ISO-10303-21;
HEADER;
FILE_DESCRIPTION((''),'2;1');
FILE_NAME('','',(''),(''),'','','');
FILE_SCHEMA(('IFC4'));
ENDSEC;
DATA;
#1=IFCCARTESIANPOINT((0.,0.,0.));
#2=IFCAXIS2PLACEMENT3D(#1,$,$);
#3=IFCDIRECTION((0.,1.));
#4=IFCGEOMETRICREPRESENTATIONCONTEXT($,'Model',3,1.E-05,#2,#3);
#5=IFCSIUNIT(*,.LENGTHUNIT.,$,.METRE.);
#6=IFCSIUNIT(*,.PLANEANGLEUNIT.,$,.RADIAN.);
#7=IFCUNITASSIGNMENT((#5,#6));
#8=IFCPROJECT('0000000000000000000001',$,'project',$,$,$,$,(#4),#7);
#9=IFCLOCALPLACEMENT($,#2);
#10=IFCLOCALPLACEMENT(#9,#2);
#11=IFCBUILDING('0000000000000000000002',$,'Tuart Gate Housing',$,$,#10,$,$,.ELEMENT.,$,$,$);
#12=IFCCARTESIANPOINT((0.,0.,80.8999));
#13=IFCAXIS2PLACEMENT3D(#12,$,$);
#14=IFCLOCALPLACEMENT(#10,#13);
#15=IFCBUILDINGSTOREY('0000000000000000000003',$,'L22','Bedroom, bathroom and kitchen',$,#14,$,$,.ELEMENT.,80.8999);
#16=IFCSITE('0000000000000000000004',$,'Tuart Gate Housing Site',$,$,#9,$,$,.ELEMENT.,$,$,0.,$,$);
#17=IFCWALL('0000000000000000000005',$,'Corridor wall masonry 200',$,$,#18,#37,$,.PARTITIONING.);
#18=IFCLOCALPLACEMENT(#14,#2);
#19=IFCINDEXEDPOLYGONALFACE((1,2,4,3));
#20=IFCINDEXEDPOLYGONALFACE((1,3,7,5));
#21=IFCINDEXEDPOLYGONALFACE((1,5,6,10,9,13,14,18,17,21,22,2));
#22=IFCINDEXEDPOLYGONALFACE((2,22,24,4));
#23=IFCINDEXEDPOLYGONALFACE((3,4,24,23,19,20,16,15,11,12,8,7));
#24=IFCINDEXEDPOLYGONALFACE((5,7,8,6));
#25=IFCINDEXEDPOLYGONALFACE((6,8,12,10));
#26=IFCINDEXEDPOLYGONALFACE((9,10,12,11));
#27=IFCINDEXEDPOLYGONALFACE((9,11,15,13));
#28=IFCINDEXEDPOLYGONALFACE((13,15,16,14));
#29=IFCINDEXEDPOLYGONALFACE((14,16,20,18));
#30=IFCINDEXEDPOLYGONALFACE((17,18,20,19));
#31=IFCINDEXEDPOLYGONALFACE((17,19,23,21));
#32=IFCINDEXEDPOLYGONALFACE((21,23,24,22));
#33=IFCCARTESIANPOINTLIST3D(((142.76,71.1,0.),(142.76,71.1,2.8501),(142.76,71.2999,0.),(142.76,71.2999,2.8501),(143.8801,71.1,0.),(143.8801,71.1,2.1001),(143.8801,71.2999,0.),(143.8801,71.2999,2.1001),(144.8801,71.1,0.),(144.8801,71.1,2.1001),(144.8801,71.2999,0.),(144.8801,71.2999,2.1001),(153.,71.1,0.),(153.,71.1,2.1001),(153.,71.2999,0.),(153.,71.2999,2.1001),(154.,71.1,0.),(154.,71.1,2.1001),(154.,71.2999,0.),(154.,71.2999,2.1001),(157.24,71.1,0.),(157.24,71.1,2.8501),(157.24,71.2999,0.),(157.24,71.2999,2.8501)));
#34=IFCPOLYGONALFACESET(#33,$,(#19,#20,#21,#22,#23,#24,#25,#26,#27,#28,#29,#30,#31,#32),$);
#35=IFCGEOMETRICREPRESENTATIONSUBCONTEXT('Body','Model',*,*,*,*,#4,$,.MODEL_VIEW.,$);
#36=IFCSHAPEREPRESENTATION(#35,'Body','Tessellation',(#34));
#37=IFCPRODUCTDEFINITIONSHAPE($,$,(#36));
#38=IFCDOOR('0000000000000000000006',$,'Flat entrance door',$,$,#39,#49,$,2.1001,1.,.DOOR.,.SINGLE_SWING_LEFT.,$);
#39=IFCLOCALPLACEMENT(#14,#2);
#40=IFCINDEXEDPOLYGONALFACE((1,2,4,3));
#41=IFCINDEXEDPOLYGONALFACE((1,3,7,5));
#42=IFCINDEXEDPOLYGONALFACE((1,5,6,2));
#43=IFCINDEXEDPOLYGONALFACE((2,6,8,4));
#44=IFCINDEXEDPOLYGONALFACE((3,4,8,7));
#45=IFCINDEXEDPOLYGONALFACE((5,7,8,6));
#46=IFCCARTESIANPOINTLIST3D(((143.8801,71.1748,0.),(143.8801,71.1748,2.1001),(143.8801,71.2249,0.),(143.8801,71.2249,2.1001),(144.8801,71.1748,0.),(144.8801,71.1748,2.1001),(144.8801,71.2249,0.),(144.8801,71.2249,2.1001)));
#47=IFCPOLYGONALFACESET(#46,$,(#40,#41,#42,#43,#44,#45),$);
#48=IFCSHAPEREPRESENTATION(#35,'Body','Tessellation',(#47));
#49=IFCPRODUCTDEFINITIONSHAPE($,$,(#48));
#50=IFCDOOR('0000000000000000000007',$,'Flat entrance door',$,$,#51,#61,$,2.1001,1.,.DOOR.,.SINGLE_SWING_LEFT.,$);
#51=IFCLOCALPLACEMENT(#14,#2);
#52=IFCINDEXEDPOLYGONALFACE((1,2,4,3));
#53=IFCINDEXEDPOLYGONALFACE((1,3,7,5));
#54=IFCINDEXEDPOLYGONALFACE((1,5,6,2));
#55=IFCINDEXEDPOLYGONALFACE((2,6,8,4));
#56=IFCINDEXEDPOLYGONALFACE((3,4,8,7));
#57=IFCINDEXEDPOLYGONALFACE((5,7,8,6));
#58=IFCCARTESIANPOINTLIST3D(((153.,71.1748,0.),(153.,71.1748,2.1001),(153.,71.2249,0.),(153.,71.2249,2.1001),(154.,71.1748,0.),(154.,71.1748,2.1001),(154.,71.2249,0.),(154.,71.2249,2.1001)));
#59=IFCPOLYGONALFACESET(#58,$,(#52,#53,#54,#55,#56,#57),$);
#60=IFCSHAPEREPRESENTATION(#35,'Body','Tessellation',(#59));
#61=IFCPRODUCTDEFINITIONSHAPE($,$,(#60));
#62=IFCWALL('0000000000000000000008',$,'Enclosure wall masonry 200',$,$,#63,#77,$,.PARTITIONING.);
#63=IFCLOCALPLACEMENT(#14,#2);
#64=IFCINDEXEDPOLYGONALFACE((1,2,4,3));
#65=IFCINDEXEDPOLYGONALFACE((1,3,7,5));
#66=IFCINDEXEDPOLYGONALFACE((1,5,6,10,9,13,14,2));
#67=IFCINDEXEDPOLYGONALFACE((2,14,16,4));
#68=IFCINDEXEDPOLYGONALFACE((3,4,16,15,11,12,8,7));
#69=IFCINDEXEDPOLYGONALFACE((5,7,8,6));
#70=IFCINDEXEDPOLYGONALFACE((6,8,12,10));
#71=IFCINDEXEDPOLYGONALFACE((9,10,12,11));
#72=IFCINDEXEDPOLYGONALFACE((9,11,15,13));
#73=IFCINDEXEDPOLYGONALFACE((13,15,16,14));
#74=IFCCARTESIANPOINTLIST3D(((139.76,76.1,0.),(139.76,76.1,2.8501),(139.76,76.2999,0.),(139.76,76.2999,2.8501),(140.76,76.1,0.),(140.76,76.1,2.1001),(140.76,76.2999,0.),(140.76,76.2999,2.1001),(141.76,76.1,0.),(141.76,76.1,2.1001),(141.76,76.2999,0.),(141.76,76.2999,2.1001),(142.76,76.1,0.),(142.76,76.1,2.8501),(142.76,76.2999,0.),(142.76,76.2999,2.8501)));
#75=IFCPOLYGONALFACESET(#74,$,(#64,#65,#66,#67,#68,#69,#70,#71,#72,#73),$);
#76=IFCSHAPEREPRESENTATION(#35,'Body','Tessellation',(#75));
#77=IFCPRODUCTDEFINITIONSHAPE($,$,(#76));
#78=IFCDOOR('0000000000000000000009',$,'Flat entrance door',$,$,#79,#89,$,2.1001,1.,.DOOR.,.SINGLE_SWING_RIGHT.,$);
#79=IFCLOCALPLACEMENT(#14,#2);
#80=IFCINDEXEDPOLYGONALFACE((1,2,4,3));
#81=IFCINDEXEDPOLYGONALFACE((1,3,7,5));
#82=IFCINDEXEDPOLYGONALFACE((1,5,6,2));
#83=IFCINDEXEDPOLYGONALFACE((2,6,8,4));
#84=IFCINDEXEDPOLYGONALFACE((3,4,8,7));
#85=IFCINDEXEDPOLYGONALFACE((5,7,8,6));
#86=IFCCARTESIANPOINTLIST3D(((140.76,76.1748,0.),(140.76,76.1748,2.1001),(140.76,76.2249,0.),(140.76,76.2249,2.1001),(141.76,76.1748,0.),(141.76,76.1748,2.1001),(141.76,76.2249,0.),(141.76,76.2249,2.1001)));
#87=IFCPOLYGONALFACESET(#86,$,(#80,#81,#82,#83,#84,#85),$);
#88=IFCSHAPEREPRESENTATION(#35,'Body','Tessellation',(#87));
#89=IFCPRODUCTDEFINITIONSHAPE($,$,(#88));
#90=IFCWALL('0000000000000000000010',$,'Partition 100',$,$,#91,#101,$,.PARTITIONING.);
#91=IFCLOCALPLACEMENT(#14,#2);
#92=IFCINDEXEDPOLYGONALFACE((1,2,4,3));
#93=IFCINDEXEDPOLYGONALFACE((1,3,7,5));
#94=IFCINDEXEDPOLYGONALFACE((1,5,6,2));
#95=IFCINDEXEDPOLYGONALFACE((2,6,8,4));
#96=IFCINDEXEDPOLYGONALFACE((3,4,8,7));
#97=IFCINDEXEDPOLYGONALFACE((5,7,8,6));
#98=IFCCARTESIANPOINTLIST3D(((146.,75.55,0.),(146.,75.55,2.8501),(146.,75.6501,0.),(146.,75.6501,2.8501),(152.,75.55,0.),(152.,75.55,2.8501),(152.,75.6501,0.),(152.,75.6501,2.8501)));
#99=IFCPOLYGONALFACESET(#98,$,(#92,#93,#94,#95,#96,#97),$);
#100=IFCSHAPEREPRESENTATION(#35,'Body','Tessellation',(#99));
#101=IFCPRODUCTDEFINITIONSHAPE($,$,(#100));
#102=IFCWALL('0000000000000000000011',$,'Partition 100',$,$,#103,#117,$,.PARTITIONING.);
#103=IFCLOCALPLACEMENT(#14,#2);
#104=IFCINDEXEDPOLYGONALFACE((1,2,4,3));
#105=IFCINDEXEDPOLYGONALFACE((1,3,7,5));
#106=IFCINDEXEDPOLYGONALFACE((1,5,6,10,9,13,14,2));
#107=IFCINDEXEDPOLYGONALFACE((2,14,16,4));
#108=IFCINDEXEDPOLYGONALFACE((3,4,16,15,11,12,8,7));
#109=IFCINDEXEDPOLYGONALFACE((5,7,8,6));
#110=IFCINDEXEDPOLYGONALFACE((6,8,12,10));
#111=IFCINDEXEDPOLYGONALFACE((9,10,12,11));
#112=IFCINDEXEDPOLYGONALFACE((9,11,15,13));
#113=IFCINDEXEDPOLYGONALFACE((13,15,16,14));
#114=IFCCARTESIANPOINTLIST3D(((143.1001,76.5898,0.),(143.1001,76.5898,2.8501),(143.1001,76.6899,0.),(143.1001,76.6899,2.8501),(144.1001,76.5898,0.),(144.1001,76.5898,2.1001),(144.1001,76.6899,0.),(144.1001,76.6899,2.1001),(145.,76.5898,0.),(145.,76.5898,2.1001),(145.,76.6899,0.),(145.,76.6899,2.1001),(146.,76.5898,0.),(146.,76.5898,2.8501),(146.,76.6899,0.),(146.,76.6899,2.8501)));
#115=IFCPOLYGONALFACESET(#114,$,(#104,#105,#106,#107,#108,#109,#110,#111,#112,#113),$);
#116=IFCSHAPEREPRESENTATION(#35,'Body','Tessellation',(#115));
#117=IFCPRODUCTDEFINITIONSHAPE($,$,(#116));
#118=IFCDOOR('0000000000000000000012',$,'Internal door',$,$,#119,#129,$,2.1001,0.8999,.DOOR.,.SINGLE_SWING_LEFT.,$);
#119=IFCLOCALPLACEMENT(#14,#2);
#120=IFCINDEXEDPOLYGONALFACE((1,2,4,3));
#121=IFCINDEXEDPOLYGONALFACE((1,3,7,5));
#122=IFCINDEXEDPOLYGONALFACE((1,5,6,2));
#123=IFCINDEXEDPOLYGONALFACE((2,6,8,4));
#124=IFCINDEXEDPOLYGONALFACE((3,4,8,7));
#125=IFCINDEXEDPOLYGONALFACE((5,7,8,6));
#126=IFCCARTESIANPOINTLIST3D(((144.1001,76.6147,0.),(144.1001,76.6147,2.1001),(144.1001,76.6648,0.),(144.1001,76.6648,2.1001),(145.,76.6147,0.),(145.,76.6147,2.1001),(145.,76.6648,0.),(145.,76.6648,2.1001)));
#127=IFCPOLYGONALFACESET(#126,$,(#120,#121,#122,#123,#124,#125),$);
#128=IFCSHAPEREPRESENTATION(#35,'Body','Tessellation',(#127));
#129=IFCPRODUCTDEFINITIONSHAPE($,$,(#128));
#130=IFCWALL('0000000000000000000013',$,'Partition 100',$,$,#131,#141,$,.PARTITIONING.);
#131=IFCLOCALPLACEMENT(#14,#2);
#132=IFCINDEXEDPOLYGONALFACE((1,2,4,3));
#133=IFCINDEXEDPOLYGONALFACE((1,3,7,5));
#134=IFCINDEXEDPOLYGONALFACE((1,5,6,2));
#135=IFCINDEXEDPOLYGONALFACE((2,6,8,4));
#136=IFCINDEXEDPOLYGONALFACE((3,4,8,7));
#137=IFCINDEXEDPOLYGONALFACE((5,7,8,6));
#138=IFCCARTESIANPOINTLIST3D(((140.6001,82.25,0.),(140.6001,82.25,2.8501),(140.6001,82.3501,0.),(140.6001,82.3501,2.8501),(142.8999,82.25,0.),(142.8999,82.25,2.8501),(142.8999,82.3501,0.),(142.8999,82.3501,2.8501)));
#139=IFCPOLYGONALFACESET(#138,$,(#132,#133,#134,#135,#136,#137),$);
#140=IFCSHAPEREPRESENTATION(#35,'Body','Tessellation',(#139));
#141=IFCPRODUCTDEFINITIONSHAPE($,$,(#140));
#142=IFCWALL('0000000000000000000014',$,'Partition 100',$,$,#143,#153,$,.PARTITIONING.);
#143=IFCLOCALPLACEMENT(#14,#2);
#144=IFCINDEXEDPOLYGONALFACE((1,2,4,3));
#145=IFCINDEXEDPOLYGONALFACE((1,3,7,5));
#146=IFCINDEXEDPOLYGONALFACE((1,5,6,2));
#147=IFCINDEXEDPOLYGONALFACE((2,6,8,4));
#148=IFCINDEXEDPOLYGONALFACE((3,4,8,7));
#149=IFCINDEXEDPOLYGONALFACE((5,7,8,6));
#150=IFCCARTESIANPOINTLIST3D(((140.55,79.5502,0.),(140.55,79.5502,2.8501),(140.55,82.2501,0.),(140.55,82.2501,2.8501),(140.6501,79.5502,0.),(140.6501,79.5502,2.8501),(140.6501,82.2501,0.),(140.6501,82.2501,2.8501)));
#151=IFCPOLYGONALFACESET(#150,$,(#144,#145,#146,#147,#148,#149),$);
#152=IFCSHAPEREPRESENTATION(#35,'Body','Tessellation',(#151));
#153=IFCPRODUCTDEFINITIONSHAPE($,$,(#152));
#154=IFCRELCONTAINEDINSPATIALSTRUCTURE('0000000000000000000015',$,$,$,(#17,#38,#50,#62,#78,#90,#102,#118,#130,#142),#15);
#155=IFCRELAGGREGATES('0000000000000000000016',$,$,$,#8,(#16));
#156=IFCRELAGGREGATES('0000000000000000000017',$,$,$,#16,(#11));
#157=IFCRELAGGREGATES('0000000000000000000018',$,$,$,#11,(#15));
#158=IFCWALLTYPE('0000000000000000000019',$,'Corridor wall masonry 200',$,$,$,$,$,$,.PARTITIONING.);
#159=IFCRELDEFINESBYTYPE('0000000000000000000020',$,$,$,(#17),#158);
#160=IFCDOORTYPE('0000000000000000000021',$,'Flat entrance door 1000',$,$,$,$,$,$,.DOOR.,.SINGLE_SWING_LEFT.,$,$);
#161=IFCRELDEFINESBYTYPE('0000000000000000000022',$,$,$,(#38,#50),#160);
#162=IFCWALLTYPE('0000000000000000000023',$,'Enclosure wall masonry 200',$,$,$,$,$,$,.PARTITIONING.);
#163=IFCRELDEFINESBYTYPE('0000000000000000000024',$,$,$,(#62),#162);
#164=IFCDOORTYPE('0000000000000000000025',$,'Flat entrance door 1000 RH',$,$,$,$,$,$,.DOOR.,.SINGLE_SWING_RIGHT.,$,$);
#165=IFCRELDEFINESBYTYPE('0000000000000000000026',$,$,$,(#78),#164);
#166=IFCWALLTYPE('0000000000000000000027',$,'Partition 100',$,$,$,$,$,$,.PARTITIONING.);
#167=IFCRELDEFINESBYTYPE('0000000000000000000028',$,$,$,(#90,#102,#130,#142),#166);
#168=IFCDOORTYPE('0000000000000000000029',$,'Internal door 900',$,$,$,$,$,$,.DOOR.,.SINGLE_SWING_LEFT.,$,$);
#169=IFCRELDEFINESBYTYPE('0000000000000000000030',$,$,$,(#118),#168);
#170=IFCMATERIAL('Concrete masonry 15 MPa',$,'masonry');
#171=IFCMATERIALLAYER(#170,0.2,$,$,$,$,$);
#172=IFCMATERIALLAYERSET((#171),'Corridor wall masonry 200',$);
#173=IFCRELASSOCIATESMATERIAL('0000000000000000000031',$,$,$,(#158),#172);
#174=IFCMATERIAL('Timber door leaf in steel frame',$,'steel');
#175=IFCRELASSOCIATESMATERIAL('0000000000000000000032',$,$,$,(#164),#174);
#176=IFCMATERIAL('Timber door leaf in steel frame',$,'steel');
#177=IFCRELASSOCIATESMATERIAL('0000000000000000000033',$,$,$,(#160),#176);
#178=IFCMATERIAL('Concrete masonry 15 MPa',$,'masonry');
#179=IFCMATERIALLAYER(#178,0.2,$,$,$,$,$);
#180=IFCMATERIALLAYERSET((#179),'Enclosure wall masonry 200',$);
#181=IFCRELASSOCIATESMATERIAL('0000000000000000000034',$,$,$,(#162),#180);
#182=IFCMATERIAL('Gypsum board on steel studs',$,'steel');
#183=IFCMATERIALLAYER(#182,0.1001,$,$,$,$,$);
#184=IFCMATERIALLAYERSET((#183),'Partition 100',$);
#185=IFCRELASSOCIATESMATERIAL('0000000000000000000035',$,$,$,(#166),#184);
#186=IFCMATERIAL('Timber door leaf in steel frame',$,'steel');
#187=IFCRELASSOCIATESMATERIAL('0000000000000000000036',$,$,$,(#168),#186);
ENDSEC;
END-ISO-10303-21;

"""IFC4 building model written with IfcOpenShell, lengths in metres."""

from ifc_helpers import new_model, si_unit, direction, frame, frame_2d, origin, place, context, subcontext, project, spatial, rectangle, extrude, material, layer, layer_set, type_object, element, fill, save


model = new_model("IFC4")

# Units and contexts
model_context = context("Model", 3, precision=1e-05, world=origin(), true_north=direction((0.0, 1.0)))
body_context = subcontext(model_context, "Body", "Model", "MODEL_VIEW")
ifc_project = project(units=[si_unit("LENGTHUNIT", "METRE"), si_unit("PLANEANGLEUNIT", "RADIAN")], contexts=[model_context])

# Site, building, storey
site_placement = place(None, origin())
site = spatial("IfcSite", under=ifc_project, at=site_placement, Name="Tuart Gate Housing Site", CompositionType="ELEMENT", RefElevation=0.0)
building_placement = place(site_placement, origin())
building = spatial("IfcBuilding", under=site, at=building_placement, Name="Tuart Gate Housing", CompositionType="ELEMENT")
storey_placement = place(building_placement, frame((0.0, 0.0, 80.8999)))
storey = spatial("IfcBuildingStorey", under=building, at=storey_placement, Name="L22", Description="Bedroom, bathroom and kitchen", CompositionType="ELEMENT", Elevation=80.8999)

# Wall, openings, doors
ifc_material_1 = material(Name="Concrete masonry 15 MPa", Category="masonry")
ifc_layer_1 = layer(ifc_material_1, 0.2)
ifc_layer_set_1 = layer_set([ifc_layer_1], Name="Corridor wall masonry 200")
wall_type_1 = type_object("IfcWallType", Name="Corridor wall masonry 200", PredefinedType="PARTITIONING", material=ifc_layer_set_1)
ifc_material_2 = material(Name="Timber door leaf in steel frame", Category="steel")
door_type_1 = type_object("IfcDoorType", Name="Flat entrance door 1000 RH", OperationType="SINGLE_SWING_RIGHT", PredefinedType="DOOR", material=ifc_material_2)
wall_1_placement = place(storey_placement, frame((142.76, 71.2, 0.0), z_axis=(0.0, 0.0, 1.0), x_axis=(1.0, 0.0, 0.0)))
wall_1 = element("IfcWall", 1, at=wall_1_placement, inside=storey, type_object=wall_type_1, Name="Corridor wall masonry 200", PredefinedType="PARTITIONING", context=body_context, shape_type="SweptSolid", body=[
    extrude(rectangle(XDim=14.48, YDim=0.2, at=frame_2d((7.24, 0.0))), origin(), (0.0, 0.0, 1.0), 2.8501),
])
opening_1_placement = place(wall_1_placement, frame((1.1201, 0.0, 0.0)))
opening_1 = element("IfcOpeningElement", 2, at=opening_1_placement, cuts=wall_1, PredefinedType="OPENING", context=body_context, shape_type="SweptSolid", body=[
    extrude(rectangle(XDim=1.0, YDim=2.1001, at=frame_2d((0.5, 1.05))), frame((0.0, 0.1099, 0.0), z_axis=(0.0, -1.0, 0.0), x_axis=(1.0, 0.0, 0.0)), (0.0, 0.0, 1.0), 0.22),
])
opening_2_placement = place(wall_1_placement, frame((10.24, 0.0, 0.0)))
opening_2 = element("IfcOpeningElement", 3, at=opening_2_placement, cuts=wall_1, PredefinedType="OPENING", context=body_context, shape_type="SweptSolid", body=[
    extrude(rectangle(XDim=1.0, YDim=2.1001, at=frame_2d((0.5, 1.05))), frame((0.0, 0.1099, 0.0), z_axis=(0.0, -1.0, 0.0), x_axis=(1.0, 0.0, 0.0)), (0.0, 0.0, 1.0), 0.22),
])
ifc_material_3 = material(Name="Timber door leaf in steel frame", Category="steel")
door_type_2 = type_object("IfcDoorType", Name="Flat entrance door 1000", OperationType="SINGLE_SWING_LEFT", PredefinedType="DOOR", material=ifc_material_3)
door_1_placement = place(opening_1_placement, origin())
door_1 = element("IfcDoor", 4, at=door_1_placement, inside=storey, type_object=door_type_2, Name="Flat entrance door", OperationType="SINGLE_SWING_LEFT", OverallHeight=2.1001, OverallWidth=1.0, PredefinedType="DOOR", context=body_context, shape_type="SweptSolid", body=[
    extrude(rectangle(XDim=1.0, YDim=2.1001, at=frame_2d((0.5, 1.05))), frame((0.0, 0.0249, 0.0), z_axis=(0.0, -1.0, 0.0), x_axis=(1.0, 0.0, 0.0)), (0.0, 0.0, 1.0), 0.05),
])
fill(opening_1, door_1)
door_2_placement = place(opening_2_placement, origin())
door_2 = element("IfcDoor", 5, at=door_2_placement, inside=storey, type_object=door_type_2, Name="Flat entrance door", OperationType="SINGLE_SWING_LEFT", OverallHeight=2.1001, OverallWidth=1.0, PredefinedType="DOOR", context=body_context, shape_type="SweptSolid", body=[
    extrude(rectangle(XDim=1.0, YDim=2.1001, at=frame_2d((0.5, 1.05))), frame((0.0, 0.0249, 0.0), z_axis=(0.0, -1.0, 0.0), x_axis=(1.0, 0.0, 0.0)), (0.0, 0.0, 1.0), 0.05),
])
fill(opening_2, door_2)

# Wall, opening, door
ifc_material_4 = material(Name="Concrete masonry 15 MPa", Category="masonry")
ifc_layer_2 = layer(ifc_material_4, 0.2)
ifc_layer_set_2 = layer_set([ifc_layer_2], Name="Enclosure wall masonry 200")
wall_type_2 = type_object("IfcWallType", Name="Enclosure wall masonry 200", PredefinedType="PARTITIONING", material=ifc_layer_set_2)
wall_2_placement = place(storey_placement, frame((139.76, 76.2, 0.0), z_axis=(0.0, 0.0, 1.0), x_axis=(1.0, 0.0, 0.0)))
wall_2 = element("IfcWall", 6, at=wall_2_placement, inside=storey, type_object=wall_type_2, Name="Enclosure wall masonry 200", PredefinedType="PARTITIONING", context=body_context, shape_type="SweptSolid", body=[
    extrude(rectangle(XDim=3.0, YDim=0.2, at=frame_2d((1.5, 0.0))), origin(), (0.0, 0.0, 1.0), 2.8501),
])
opening_3_placement = place(wall_2_placement, frame((1.0, 0.0, 0.0)))
opening_3 = element("IfcOpeningElement", 7, at=opening_3_placement, cuts=wall_2, PredefinedType="OPENING", context=body_context, shape_type="SweptSolid", body=[
    extrude(rectangle(XDim=1.0, YDim=2.1001, at=frame_2d((0.5, 1.05))), frame((0.0, 0.1099, 0.0), z_axis=(0.0, -1.0, 0.0), x_axis=(1.0, 0.0, 0.0)), (0.0, 0.0, 1.0), 0.22),
])
door_3_placement = place(opening_3_placement, origin())
door_3 = element("IfcDoor", 8, at=door_3_placement, inside=storey, type_object=door_type_1, Name="Flat entrance door", OperationType="SINGLE_SWING_RIGHT", OverallHeight=2.1001, OverallWidth=1.0, PredefinedType="DOOR", context=body_context, shape_type="SweptSolid", body=[
    extrude(rectangle(XDim=1.0, YDim=2.1001, at=frame_2d((0.5, 1.05))), frame((0.0, 0.0249, 0.0), z_axis=(0.0, -1.0, 0.0), x_axis=(1.0, 0.0, 0.0)), (0.0, 0.0, 1.0), 0.05),
])
fill(opening_3, door_3)

# Wall
ifc_material_5 = material(Name="Gypsum board on steel studs", Category="steel")
ifc_layer_3 = layer(ifc_material_5, 0.1001)
ifc_layer_set_3 = layer_set([ifc_layer_3], Name="Partition 100")
wall_type_3 = type_object("IfcWallType", Name="Partition 100", PredefinedType="PARTITIONING", material=ifc_layer_set_3)
wall_3_placement = place(storey_placement, frame((146.0, 75.6001, 0.0), z_axis=(0.0, 0.0, 1.0), x_axis=(1.0, 0.0, 0.0)))
element("IfcWall", 9, at=wall_3_placement, inside=storey, type_object=wall_type_3, Name="Partition 100", PredefinedType="PARTITIONING", context=body_context, shape_type="SweptSolid", body=[
    extrude(rectangle(XDim=6.0, YDim=0.1001, at=frame_2d((3.0, 0.0))), origin(), (0.0, 0.0, 1.0), 2.8501),
])

# Wall, opening, door
wall_4_placement = place(storey_placement, frame((143.1001, 76.6399, 0.0), z_axis=(0.0, 0.0, 1.0), x_axis=(1.0, 0.0, 0.0)))
wall_4 = element("IfcWall", 10, at=wall_4_placement, inside=storey, type_object=wall_type_3, Name="Partition 100", PredefinedType="PARTITIONING", context=body_context, shape_type="SweptSolid", body=[
    extrude(rectangle(XDim=2.8999, YDim=0.1001, at=frame_2d((1.45, 0.0))), origin(), (0.0, 0.0, 1.0), 2.8501),
])
opening_4_placement = place(wall_4_placement, frame((1.0, 0.0, 0.0)))
opening_4 = element("IfcOpeningElement", 11, at=opening_4_placement, cuts=wall_4, PredefinedType="OPENING", context=body_context, shape_type="SweptSolid", body=[
    extrude(rectangle(XDim=0.8999, YDim=2.1001, at=frame_2d((0.45, 1.05))), frame((0.0, 0.0601, 0.0), z_axis=(0.0, -1.0, 0.0), x_axis=(1.0, 0.0, 0.0)), (0.0, 0.0, 1.0), 0.1201),
])
ifc_material_6 = material(Name="Timber door leaf in steel frame", Category="steel")
door_type_3 = type_object("IfcDoorType", Name="Internal door 900", OperationType="SINGLE_SWING_LEFT", PredefinedType="DOOR", material=ifc_material_6)
door_4_placement = place(opening_4_placement, frame((0.8999, 0.0, 0.0), z_axis=(0.0, 0.0, 1.0), x_axis=(-1.0, 0.0, 0.0)))
door_4 = element("IfcDoor", 12, at=door_4_placement, inside=storey, type_object=door_type_3, Name="Internal door", OperationType="SINGLE_SWING_LEFT", OverallHeight=2.1001, OverallWidth=0.8999, PredefinedType="DOOR", context=body_context, shape_type="SweptSolid", body=[
    extrude(rectangle(XDim=0.8999, YDim=2.1001, at=frame_2d((0.45, 1.05))), frame((0.0, 0.0251, 0.0), z_axis=(0.0, -1.0, 0.0), x_axis=(1.0, 0.0, 0.0)), (0.0, 0.0, 1.0), 0.05),
])
fill(opening_4, door_4)

# Walls
wall_5_placement = place(storey_placement, frame((140.6001, 82.3, 0.0), z_axis=(0.0, 0.0, 1.0), x_axis=(1.0, 0.0, 0.0)))
element("IfcWall", 13, at=wall_5_placement, inside=storey, type_object=wall_type_3, Name="Partition 100", PredefinedType="PARTITIONING", context=body_context, shape_type="SweptSolid", body=[
    extrude(rectangle(XDim=2.2998, YDim=0.1001, at=frame_2d((1.1499, 0.0))), origin(), (0.0, 0.0, 1.0), 2.8501),
])
wall_6_placement = place(storey_placement, frame((140.6001, 79.55, 0.0), z_axis=(0.0, 0.0, 1.0), x_axis=(0.0, 1.0, 0.0)))
element("IfcWall", 14, at=wall_6_placement, inside=storey, type_object=wall_type_3, Name="Partition 100", PredefinedType="PARTITIONING", context=body_context, shape_type="SweptSolid", body=[
    extrude(rectangle(XDim=2.7, YDim=0.1001, at=frame_2d((1.3501, 0.0))), origin(), (0.0, 0.0, 1.0), 2.8501),
])

save(model, "model.ifc")
